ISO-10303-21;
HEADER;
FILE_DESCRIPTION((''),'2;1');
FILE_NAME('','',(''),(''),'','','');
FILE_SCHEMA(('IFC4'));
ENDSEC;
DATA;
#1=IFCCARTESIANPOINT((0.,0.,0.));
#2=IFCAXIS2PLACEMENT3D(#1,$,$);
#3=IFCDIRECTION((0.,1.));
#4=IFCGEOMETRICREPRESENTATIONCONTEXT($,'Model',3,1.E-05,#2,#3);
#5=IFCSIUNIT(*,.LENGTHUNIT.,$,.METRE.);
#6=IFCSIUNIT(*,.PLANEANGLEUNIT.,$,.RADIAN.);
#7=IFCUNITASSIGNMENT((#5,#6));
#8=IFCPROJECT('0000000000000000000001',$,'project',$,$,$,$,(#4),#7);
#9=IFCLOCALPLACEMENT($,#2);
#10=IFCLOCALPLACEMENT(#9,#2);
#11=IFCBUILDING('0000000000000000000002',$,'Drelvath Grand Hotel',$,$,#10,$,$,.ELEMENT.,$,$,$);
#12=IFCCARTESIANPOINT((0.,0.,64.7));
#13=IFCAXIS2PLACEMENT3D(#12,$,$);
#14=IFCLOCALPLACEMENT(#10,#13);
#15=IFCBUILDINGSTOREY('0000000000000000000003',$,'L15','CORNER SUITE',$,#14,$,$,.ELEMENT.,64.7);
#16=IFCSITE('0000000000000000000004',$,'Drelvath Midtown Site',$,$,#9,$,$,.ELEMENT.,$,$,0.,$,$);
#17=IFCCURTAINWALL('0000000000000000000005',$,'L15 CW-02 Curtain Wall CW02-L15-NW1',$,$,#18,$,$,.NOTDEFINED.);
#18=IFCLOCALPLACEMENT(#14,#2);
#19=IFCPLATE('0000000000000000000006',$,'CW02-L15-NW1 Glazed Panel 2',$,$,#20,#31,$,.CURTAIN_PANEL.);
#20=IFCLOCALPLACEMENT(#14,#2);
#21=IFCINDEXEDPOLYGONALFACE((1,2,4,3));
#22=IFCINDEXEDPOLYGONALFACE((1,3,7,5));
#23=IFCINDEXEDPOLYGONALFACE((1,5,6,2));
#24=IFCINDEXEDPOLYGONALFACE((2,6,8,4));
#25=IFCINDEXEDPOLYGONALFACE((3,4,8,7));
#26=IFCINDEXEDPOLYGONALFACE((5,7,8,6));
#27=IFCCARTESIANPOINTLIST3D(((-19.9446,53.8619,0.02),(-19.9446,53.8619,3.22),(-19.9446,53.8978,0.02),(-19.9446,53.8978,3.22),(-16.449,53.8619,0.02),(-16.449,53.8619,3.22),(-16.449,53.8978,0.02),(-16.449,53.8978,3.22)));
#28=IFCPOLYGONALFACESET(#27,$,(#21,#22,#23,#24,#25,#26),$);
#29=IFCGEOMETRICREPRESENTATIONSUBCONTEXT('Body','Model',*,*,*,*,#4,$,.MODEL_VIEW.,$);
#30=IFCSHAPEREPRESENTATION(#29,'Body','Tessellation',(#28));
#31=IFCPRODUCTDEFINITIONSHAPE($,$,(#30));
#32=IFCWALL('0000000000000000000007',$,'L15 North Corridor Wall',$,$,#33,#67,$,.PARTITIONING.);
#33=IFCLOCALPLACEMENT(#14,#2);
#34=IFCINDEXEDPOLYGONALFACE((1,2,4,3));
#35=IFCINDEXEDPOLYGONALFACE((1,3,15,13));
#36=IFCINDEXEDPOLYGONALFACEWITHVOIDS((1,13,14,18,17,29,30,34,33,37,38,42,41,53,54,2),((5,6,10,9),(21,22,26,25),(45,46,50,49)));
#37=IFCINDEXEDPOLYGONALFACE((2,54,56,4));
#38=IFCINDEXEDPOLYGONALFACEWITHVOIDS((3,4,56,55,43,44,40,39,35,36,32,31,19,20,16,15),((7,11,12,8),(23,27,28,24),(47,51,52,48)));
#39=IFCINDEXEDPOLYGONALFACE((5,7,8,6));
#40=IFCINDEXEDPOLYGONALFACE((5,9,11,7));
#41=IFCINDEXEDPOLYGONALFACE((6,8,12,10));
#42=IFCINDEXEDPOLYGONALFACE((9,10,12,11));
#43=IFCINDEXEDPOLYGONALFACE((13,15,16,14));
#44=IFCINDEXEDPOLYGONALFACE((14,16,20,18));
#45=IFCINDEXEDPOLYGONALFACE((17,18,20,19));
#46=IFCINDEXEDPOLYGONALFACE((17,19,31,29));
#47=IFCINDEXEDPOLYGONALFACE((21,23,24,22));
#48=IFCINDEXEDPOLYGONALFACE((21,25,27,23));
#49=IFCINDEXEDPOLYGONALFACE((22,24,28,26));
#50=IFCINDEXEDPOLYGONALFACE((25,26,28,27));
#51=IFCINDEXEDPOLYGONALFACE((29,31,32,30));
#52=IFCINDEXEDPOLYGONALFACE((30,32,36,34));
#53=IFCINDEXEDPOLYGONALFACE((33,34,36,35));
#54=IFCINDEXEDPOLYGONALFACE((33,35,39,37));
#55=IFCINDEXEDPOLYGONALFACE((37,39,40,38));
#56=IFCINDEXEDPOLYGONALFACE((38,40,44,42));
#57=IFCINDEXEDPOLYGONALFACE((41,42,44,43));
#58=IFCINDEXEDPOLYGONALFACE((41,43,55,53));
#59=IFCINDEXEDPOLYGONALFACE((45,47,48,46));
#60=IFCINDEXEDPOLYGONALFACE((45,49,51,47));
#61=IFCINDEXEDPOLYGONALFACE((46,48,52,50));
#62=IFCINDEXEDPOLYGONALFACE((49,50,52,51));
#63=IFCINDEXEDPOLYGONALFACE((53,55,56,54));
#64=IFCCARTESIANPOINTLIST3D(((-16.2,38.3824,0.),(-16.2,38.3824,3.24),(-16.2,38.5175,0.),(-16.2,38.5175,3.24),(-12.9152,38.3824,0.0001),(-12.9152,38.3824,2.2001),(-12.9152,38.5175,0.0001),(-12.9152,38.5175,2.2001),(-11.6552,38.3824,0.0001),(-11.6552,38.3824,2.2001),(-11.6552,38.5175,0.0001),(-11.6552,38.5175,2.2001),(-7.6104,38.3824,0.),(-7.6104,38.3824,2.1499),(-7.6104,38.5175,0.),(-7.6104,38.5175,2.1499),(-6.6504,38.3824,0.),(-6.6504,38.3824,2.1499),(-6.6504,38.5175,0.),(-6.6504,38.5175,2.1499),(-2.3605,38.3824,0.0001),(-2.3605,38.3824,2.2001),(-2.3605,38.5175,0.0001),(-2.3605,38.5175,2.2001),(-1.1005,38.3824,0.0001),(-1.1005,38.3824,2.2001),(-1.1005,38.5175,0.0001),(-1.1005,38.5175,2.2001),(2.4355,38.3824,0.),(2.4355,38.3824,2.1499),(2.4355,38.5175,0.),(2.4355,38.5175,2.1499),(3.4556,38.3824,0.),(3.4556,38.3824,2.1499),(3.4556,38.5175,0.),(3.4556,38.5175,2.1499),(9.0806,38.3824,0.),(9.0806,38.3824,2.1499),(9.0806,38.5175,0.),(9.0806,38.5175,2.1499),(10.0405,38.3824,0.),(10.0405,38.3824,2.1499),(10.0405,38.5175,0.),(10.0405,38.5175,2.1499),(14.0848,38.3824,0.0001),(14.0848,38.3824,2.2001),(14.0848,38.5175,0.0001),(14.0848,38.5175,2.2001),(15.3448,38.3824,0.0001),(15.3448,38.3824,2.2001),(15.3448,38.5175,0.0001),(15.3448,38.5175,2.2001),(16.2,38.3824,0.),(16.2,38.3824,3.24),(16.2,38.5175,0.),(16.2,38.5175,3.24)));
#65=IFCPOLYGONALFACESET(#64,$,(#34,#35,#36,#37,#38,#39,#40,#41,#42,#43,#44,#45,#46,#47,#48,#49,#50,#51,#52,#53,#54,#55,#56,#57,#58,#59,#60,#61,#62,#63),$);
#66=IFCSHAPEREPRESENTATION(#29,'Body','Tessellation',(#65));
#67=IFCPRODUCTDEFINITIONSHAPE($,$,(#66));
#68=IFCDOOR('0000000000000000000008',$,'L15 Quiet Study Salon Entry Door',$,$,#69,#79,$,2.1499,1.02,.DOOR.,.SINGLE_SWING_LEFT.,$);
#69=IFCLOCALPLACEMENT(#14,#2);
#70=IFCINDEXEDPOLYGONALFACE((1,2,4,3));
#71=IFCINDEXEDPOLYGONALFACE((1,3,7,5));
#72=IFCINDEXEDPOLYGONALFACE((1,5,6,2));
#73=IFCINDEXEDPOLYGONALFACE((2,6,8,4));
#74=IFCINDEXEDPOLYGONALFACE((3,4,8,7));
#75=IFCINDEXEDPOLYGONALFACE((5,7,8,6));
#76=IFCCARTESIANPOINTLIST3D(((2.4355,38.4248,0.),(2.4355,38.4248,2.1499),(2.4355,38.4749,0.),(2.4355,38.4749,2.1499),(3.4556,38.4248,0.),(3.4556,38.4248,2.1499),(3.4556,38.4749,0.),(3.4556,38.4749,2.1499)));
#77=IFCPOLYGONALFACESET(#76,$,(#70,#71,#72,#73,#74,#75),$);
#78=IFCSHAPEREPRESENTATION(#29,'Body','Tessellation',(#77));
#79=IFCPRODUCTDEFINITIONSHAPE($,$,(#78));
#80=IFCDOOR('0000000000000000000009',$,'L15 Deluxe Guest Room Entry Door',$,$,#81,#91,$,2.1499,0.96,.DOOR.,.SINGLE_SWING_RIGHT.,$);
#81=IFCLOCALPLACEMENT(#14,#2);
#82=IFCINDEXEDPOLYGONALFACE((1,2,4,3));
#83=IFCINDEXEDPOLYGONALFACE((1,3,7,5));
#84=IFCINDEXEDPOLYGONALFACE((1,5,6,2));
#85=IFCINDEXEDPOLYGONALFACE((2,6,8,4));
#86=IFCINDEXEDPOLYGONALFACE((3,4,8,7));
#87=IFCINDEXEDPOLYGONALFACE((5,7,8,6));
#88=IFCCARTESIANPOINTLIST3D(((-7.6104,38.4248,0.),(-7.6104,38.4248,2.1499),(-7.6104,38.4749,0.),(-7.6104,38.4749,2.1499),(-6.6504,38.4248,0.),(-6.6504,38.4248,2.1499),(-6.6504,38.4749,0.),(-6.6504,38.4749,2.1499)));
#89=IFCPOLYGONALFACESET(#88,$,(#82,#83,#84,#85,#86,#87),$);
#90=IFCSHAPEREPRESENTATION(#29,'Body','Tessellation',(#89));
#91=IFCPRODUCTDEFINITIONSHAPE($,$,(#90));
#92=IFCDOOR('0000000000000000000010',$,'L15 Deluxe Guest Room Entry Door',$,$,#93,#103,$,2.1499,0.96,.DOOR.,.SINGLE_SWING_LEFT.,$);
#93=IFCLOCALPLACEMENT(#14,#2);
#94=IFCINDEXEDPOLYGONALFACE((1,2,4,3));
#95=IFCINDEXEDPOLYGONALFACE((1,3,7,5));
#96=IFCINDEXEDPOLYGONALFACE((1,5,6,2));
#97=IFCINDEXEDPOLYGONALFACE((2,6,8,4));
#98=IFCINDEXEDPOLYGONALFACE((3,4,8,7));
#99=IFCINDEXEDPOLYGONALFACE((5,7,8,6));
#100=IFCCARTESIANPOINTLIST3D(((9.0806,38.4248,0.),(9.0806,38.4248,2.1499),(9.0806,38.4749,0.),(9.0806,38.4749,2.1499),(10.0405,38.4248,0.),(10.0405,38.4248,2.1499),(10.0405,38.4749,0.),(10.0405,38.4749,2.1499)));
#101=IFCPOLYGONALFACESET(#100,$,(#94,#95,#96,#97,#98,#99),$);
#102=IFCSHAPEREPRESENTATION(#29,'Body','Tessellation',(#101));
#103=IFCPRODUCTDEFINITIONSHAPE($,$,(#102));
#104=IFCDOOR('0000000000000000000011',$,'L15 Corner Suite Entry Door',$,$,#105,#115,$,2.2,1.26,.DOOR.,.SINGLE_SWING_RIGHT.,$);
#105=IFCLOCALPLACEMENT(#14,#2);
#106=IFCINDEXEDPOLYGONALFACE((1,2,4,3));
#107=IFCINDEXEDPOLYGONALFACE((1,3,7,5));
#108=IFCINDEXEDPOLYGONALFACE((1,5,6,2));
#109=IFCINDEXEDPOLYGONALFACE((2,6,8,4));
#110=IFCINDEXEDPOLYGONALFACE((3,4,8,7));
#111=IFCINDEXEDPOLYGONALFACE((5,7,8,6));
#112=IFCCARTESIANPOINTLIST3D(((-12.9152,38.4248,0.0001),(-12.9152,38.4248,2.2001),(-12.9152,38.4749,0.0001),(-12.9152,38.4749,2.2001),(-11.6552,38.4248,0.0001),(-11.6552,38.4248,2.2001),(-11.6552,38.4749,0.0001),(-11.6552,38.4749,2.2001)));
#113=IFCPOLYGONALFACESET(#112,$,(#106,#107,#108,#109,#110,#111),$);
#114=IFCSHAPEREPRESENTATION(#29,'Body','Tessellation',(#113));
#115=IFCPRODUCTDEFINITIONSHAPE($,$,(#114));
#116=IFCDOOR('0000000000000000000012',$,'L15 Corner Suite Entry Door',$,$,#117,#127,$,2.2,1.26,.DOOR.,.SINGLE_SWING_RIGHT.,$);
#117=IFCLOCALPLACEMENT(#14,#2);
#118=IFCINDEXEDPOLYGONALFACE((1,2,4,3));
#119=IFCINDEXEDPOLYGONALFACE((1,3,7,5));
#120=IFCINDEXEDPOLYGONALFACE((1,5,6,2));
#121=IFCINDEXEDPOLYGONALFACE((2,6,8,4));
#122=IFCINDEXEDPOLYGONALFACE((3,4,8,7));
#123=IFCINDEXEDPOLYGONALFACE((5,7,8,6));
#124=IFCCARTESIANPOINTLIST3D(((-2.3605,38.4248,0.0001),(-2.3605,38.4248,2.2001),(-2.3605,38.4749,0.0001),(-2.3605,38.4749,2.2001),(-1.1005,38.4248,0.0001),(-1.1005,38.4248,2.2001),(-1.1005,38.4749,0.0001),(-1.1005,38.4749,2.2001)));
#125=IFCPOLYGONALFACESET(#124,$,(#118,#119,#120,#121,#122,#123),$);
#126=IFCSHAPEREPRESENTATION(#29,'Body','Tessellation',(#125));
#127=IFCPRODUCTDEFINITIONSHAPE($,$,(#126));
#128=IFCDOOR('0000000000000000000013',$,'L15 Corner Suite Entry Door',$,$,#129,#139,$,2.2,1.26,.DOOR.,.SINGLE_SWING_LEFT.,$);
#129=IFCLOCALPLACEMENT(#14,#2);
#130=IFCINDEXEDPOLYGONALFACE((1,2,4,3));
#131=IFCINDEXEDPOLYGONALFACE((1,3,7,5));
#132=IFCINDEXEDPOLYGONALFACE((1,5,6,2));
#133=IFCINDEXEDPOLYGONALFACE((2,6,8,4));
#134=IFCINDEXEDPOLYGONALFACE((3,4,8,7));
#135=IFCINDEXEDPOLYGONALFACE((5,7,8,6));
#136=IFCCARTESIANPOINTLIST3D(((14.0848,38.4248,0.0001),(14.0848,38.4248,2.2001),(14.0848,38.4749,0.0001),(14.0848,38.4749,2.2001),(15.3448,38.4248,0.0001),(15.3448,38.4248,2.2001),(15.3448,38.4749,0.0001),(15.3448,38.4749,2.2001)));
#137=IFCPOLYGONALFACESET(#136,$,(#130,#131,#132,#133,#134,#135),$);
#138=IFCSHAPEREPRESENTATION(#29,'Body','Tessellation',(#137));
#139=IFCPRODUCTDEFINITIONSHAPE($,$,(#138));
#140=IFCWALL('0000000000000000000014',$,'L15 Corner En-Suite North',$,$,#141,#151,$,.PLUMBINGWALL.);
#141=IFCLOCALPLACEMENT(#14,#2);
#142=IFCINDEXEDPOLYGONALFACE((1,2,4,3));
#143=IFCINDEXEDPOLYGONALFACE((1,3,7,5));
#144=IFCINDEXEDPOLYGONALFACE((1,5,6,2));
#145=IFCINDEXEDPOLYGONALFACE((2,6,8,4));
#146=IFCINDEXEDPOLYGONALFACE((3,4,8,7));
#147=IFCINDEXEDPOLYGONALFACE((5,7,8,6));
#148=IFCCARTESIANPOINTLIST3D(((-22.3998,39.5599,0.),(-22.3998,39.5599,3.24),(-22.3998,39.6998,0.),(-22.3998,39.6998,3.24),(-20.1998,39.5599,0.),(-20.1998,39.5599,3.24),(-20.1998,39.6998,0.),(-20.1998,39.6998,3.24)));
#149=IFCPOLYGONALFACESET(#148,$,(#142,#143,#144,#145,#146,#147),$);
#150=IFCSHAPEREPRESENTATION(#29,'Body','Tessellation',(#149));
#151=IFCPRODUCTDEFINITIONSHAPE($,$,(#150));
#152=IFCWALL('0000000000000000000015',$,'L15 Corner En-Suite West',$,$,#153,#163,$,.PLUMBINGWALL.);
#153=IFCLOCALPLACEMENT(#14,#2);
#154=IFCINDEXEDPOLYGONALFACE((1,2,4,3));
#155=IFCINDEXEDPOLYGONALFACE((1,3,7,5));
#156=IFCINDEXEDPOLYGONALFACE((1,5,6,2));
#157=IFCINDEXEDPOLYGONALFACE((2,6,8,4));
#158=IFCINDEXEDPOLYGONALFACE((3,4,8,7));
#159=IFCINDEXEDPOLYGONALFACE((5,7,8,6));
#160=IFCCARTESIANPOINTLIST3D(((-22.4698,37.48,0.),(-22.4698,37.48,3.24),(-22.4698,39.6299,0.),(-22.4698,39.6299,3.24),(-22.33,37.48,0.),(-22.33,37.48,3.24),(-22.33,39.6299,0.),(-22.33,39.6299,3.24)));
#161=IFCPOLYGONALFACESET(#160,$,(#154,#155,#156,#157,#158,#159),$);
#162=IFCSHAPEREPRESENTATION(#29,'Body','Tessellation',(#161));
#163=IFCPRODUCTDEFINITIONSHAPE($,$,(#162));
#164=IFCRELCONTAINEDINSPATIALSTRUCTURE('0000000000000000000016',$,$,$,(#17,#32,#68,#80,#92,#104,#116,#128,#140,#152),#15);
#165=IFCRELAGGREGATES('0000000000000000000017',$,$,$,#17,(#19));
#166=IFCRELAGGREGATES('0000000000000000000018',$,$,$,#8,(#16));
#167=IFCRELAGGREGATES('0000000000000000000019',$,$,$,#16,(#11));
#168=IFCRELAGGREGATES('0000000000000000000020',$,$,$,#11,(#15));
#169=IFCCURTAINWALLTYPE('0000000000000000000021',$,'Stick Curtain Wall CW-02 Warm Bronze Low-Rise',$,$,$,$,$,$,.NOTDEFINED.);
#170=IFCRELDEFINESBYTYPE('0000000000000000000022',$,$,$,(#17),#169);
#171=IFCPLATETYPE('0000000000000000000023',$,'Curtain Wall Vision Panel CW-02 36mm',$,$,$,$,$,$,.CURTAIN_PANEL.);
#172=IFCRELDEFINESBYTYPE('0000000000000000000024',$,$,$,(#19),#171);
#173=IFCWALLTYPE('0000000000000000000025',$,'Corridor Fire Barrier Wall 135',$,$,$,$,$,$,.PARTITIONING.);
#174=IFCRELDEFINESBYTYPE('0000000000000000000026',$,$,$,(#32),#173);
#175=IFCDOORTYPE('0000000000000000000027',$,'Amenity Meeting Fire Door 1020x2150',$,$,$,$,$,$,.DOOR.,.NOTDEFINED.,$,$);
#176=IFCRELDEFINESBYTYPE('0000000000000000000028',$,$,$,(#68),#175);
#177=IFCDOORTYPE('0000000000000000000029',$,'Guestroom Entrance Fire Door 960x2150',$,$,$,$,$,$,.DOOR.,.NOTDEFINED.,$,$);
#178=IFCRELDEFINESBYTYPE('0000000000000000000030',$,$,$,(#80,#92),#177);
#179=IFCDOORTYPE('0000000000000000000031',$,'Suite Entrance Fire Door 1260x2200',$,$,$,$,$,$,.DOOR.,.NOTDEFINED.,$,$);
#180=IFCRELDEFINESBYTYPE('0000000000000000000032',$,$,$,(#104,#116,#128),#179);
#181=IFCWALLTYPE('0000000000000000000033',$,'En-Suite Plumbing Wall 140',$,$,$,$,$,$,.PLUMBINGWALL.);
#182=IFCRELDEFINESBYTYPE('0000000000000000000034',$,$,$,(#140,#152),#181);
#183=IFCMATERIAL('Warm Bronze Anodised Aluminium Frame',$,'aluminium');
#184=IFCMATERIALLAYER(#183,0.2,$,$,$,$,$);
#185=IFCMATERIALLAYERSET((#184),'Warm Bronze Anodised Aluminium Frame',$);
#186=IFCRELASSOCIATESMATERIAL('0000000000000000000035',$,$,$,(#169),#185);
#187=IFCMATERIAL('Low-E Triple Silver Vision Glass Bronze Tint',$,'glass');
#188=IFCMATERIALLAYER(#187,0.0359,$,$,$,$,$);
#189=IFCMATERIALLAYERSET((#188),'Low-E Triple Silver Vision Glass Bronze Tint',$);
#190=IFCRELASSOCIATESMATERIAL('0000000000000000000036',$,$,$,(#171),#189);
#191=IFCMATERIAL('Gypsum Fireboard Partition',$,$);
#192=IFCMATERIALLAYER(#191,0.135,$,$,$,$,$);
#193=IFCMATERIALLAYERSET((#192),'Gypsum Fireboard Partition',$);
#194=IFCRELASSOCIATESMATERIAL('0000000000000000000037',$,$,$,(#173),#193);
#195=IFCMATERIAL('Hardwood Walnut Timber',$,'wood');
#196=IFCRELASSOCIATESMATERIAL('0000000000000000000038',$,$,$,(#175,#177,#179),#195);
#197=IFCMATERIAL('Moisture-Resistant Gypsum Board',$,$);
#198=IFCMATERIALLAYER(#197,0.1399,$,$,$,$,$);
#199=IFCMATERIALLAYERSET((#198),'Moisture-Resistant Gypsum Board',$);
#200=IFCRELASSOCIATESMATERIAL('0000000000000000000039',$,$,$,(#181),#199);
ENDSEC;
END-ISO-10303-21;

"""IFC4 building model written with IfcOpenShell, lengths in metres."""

from ifc_helpers import new_model, si_unit, direction, frame, frame_2d, origin, origin_2d, place, context, subcontext, project, spatial, rectangle, extrude, material, layer, layer_set, type_object, element, fill, aggregate, save


model = new_model("IFC4")

# Units and contexts
model_context = context("Model", 3, precision=1e-05, world=origin(), true_north=direction((0.0, 1.0)))
body_context = subcontext(model_context, "Body", "Model", "MODEL_VIEW")
ifc_project = project(units=[si_unit("LENGTHUNIT", "METRE"), si_unit("PLANEANGLEUNIT", "RADIAN")], contexts=[model_context])

# Site, building, storey
site_placement = place(None, origin())
site = spatial("IfcSite", under=ifc_project, at=site_placement, Name="Drelvath Midtown Site", CompositionType="ELEMENT", RefElevation=0.0)
building_placement = place(site_placement, origin())
building = spatial("IfcBuilding", under=site, at=building_placement, Name="Drelvath Grand Hotel", CompositionType="ELEMENT")
storey_placement = place(building_placement, frame((0.0, 0.0, 64.7)))
storey = spatial("IfcBuildingStorey", under=building, at=storey_placement, Name="L15", Description="CORNER SUITE", CompositionType="ELEMENT", Elevation=64.7)

# Curtain wall
ifc_material_1 = material(Name="Warm Bronze Anodised Aluminium Frame", Category="aluminium")
ifc_layer_1 = layer(ifc_material_1, 0.2)
ifc_layer_set_1 = layer_set([ifc_layer_1], Name="Warm Bronze Anodised Aluminium Frame")
curtain_wall_type = type_object("IfcCurtainWallType", Name="Stick Curtain Wall CW-02 Warm Bronze Low-Rise", PredefinedType="NOTDEFINED", material=ifc_layer_set_1)
curtain_wall_1_placement = place(storey_placement, origin())
curtain_wall_1 = element("IfcCurtainWall", 1, at=curtain_wall_1_placement, inside=storey, type_object=curtain_wall_type, Name="L15 CW-02 Curtain Wall CW02-L15-NW1", PredefinedType="NOTDEFINED")

# Plate
ifc_material_2 = material(Name="Low-E Triple Silver Vision Glass Bronze Tint", Category="glass")
ifc_layer_2 = layer(ifc_material_2, 0.0359)
ifc_layer_set_2 = layer_set([ifc_layer_2], Name="Low-E Triple Silver Vision Glass Bronze Tint")
plate_type = type_object("IfcPlateType", Name="Curtain Wall Vision Panel CW-02 36mm", PredefinedType="CURTAIN_PANEL", material=ifc_layer_set_2)
plate_1_placement = place(storey_placement, frame((-18.1968, 53.8799, 0.02), z_axis=(0.0, 0.0, 1.0), x_axis=(1.0, 0.0, 0.0)))
plate_1 = element("IfcPlate", 2, at=plate_1_placement, type_object=plate_type, Name="CW02-L15-NW1 Glazed Panel 2", PredefinedType="CURTAIN_PANEL", context=body_context, shape_type="SweptSolid", body=[
    extrude(rectangle(XDim=3.4956, YDim=0.0359, at=origin_2d()), origin(), (0.0, 0.0, 1.0), 3.2),
])
aggregate(curtain_wall_1, [plate_1])

# Wall, openings, doors
ifc_material_3 = material(Name="Gypsum Fireboard Partition")
ifc_layer_3 = layer(ifc_material_3, 0.135)
ifc_layer_set_3 = layer_set([ifc_layer_3], Name="Gypsum Fireboard Partition")
wall_type_1 = type_object("IfcWallType", Name="Corridor Fire Barrier Wall 135", PredefinedType="PARTITIONING", material=ifc_layer_set_3)
wall_1_placement = place(storey_placement, frame((-16.2, 38.45, 0.0), z_axis=(0.0, 0.0, 1.0), x_axis=(1.0, 0.0, 0.0)))
wall_1 = element("IfcWall", 3, at=wall_1_placement, inside=storey, type_object=wall_type_1, Name="L15 North Corridor Wall", PredefinedType="PARTITIONING", context=body_context, shape_type="SweptSolid", body=[
    extrude(rectangle(XDim=32.3999, YDim=0.135, at=frame_2d((16.2, 0.0))), origin(), (0.0, 0.0, 1.0), 3.24),
])
opening_1_placement = place(wall_1_placement, frame((3.2849, 0.0, 0.0)))
opening_1 = element("IfcOpeningElement", 4, at=opening_1_placement, cuts=wall_1, PredefinedType="OPENING", context=body_context, shape_type="SweptSolid", body=[
    extrude(rectangle(XDim=1.26, YDim=2.2, at=frame_2d((0.6299, 1.1001))), frame((0.0, 0.0774, 0.0), z_axis=(0.0, -1.0, 0.0), x_axis=(1.0, 0.0, 0.0)), (0.0, 0.0, 1.0), 0.155),
])
opening_2_placement = place(wall_1_placement, frame((8.5896, 0.0, 0.0)))
opening_2 = element("IfcOpeningElement", 5, at=opening_2_placement, cuts=wall_1, PredefinedType="OPENING", context=body_context, shape_type="SweptSolid", body=[
    extrude(rectangle(XDim=0.96, YDim=2.1499, at=frame_2d((0.48, 1.075))), frame((0.0, 0.0774, 0.0), z_axis=(0.0, -1.0, 0.0), x_axis=(1.0, 0.0, 0.0)), (0.0, 0.0, 1.0), 0.155),
])
opening_3_placement = place(wall_1_placement, frame((13.8396, 0.0, 0.0)))
opening_3 = element("IfcOpeningElement", 6, at=opening_3_placement, cuts=wall_1, PredefinedType="OPENING", context=body_context, shape_type="SweptSolid", body=[
    extrude(rectangle(XDim=1.26, YDim=2.2, at=frame_2d((0.6299, 1.1001))), frame((0.0, 0.0774, 0.0), z_axis=(0.0, -1.0, 0.0), x_axis=(1.0, 0.0, 0.0)), (0.0, 0.0, 1.0), 0.155),
])
opening_4_placement = place(wall_1_placement, frame((18.6355, 0.0, 0.0)))
opening_4 = element("IfcOpeningElement", 7, at=opening_4_placement, cuts=wall_1, PredefinedType="OPENING", context=body_context, shape_type="SweptSolid", body=[
    extrude(rectangle(XDim=1.02, YDim=2.1499, at=frame_2d((0.51, 1.075))), frame((0.0, 0.0774, 0.0), z_axis=(0.0, -1.0, 0.0), x_axis=(1.0, 0.0, 0.0)), (0.0, 0.0, 1.0), 0.155),
])
opening_5_placement = place(wall_1_placement, frame((25.2805, 0.0, 0.0)))
opening_5 = element("IfcOpeningElement", 8, at=opening_5_placement, cuts=wall_1, PredefinedType="OPENING", context=body_context, shape_type="SweptSolid", body=[
    extrude(rectangle(XDim=0.96, YDim=2.1499, at=frame_2d((0.48, 1.075))), frame((0.0, 0.0774, 0.0), z_axis=(0.0, -1.0, 0.0), x_axis=(1.0, 0.0, 0.0)), (0.0, 0.0, 1.0), 0.155),
])
opening_6_placement = place(wall_1_placement, frame((30.2849, 0.0, 0.0)))
opening_6 = element("IfcOpeningElement", 9, at=opening_6_placement, cuts=wall_1, PredefinedType="OPENING", context=body_context, shape_type="SweptSolid", body=[
    extrude(rectangle(XDim=1.26, YDim=2.2, at=frame_2d((0.6299, 1.1001))), frame((0.0, 0.0774, 0.0), z_axis=(0.0, -1.0, 0.0), x_axis=(1.0, 0.0, 0.0)), (0.0, 0.0, 1.0), 0.155),
])
ifc_material_4 = material(Name="Hardwood Walnut Timber", Category="wood")
door_type_1 = type_object("IfcDoorType", Name="Amenity Meeting Fire Door 1020x2150", OperationType="NOTDEFINED", PredefinedType="DOOR", material=ifc_material_4)
door_1_placement = place(opening_4_placement, origin())
door_1 = element("IfcDoor", 10, at=door_1_placement, inside=storey, type_object=door_type_1, Name="L15 Quiet Study Salon Entry Door", OperationType="SINGLE_SWING_LEFT", OverallHeight=2.1499, OverallWidth=1.02, PredefinedType="DOOR", context=body_context, shape_type="SweptSolid", body=[
    extrude(rectangle(XDim=1.02, YDim=2.1499, at=frame_2d((0.51, 1.075))), frame((0.0, 0.0249, 0.0), z_axis=(0.0, -1.0, 0.0), x_axis=(1.0, 0.0, 0.0)), (0.0, 0.0, 1.0), 0.05),
])
fill(opening_4, door_1)
door_type_2 = type_object("IfcDoorType", Name="Guestroom Entrance Fire Door 960x2150", OperationType="NOTDEFINED", PredefinedType="DOOR", material=ifc_material_4)
door_2_placement = place(opening_2_placement, origin())
door_2 = element("IfcDoor", 11, at=door_2_placement, inside=storey, type_object=door_type_2, Name="L15 Deluxe Guest Room Entry Door", OperationType="SINGLE_SWING_RIGHT", OverallHeight=2.1499, OverallWidth=0.96, PredefinedType="DOOR", context=body_context, shape_type="SweptSolid", body=[
    extrude(rectangle(XDim=0.96, YDim=2.1499, at=frame_2d((0.48, 1.075))), frame((0.0, 0.0249, 0.0), z_axis=(0.0, -1.0, 0.0), x_axis=(1.0, 0.0, 0.0)), (0.0, 0.0, 1.0), 0.05),
])
fill(opening_2, door_2)
door_3_placement = place(opening_5_placement, origin())
door_3 = element("IfcDoor", 12, at=door_3_placement, inside=storey, type_object=door_type_2, Name="L15 Deluxe Guest Room Entry Door", OperationType="SINGLE_SWING_LEFT", OverallHeight=2.1499, OverallWidth=0.96, PredefinedType="DOOR", context=body_context, shape_type="SweptSolid", body=[
    extrude(rectangle(XDim=0.96, YDim=2.1499, at=frame_2d((0.48, 1.075))), frame((0.0, 0.0249, 0.0), z_axis=(0.0, -1.0, 0.0), x_axis=(1.0, 0.0, 0.0)), (0.0, 0.0, 1.0), 0.05),
])
fill(opening_5, door_3)
door_type_3 = type_object("IfcDoorType", Name="Suite Entrance Fire Door 1260x2200", OperationType="NOTDEFINED", PredefinedType="DOOR", material=ifc_material_4)
door_4_placement = place(opening_1_placement, origin())
door_4 = element("IfcDoor", 13, at=door_4_placement, inside=storey, type_object=door_type_3, Name="L15 Corner Suite Entry Door", OperationType="SINGLE_SWING_RIGHT", OverallHeight=2.2, OverallWidth=1.26, PredefinedType="DOOR", context=body_context, shape_type="SweptSolid", body=[
    extrude(rectangle(XDim=1.26, YDim=2.2, at=frame_2d((0.6299, 1.1001))), frame((0.0, 0.0249, 0.0), z_axis=(0.0, -1.0, 0.0), x_axis=(1.0, 0.0, 0.0)), (0.0, 0.0, 1.0), 0.05),
])
fill(opening_1, door_4)
door_5_placement = place(opening_3_placement, origin())
door_5 = element("IfcDoor", 14, at=door_5_placement, inside=storey, type_object=door_type_3, Name="L15 Corner Suite Entry Door", OperationType="SINGLE_SWING_RIGHT", OverallHeight=2.2, OverallWidth=1.26, PredefinedType="DOOR", context=body_context, shape_type="SweptSolid", body=[
    extrude(rectangle(XDim=1.26, YDim=2.2, at=frame_2d((0.6299, 1.1001))), frame((0.0, 0.0249, 0.0), z_axis=(0.0, -1.0, 0.0), x_axis=(1.0, 0.0, 0.0)), (0.0, 0.0, 1.0), 0.05),
])
fill(opening_3, door_5)
door_6_placement = place(opening_6_placement, origin())
door_6 = element("IfcDoor", 15, at=door_6_placement, inside=storey, type_object=door_type_3, Name="L15 Corner Suite Entry Door", OperationType="SINGLE_SWING_LEFT", OverallHeight=2.2, OverallWidth=1.26, PredefinedType="DOOR", context=body_context, shape_type="SweptSolid", body=[
    extrude(rectangle(XDim=1.26, YDim=2.2, at=frame_2d((0.6299, 1.1001))), frame((0.0, 0.0249, 0.0), z_axis=(0.0, -1.0, 0.0), x_axis=(1.0, 0.0, 0.0)), (0.0, 0.0, 1.0), 0.05),
])
fill(opening_6, door_6)

# Walls
ifc_material_5 = material(Name="Moisture-Resistant Gypsum Board")
ifc_layer_4 = layer(ifc_material_5, 0.1399)
ifc_layer_set_4 = layer_set([ifc_layer_4], Name="Moisture-Resistant Gypsum Board")
wall_type_2 = type_object("IfcWallType", Name="En-Suite Plumbing Wall 140", PredefinedType="PLUMBINGWALL", material=ifc_layer_set_4)
wall_2_placement = place(storey_placement, frame((-22.3999, 39.6299, 0.0), z_axis=(0.0, 0.0, 1.0), x_axis=(1.0, 0.0, 0.0)))
element("IfcWall", 16, at=wall_2_placement, inside=storey, type_object=wall_type_2, Name="L15 Corner En-Suite North", PredefinedType="PLUMBINGWALL", context=body_context, shape_type="SweptSolid", body=[
    extrude(rectangle(XDim=2.2, YDim=0.1399, at=frame_2d((1.1001, 0.0))), origin(), (0.0, 0.0, 1.0), 3.24),
])
wall_3_placement = place(storey_placement, frame((-22.3999, 37.48, 0.0), z_axis=(0.0, 0.0, 1.0), x_axis=(0.0, 1.0, 0.0)))
element("IfcWall", 17, at=wall_3_placement, inside=storey, type_object=wall_type_2, Name="L15 Corner En-Suite West", PredefinedType="PLUMBINGWALL", context=body_context, shape_type="SweptSolid", body=[
    extrude(rectangle(XDim=2.1499, YDim=0.1399, at=frame_2d((1.075, 0.0))), origin(), (0.0, 0.0, 1.0), 3.24),
])

save(model, "model.ifc")
